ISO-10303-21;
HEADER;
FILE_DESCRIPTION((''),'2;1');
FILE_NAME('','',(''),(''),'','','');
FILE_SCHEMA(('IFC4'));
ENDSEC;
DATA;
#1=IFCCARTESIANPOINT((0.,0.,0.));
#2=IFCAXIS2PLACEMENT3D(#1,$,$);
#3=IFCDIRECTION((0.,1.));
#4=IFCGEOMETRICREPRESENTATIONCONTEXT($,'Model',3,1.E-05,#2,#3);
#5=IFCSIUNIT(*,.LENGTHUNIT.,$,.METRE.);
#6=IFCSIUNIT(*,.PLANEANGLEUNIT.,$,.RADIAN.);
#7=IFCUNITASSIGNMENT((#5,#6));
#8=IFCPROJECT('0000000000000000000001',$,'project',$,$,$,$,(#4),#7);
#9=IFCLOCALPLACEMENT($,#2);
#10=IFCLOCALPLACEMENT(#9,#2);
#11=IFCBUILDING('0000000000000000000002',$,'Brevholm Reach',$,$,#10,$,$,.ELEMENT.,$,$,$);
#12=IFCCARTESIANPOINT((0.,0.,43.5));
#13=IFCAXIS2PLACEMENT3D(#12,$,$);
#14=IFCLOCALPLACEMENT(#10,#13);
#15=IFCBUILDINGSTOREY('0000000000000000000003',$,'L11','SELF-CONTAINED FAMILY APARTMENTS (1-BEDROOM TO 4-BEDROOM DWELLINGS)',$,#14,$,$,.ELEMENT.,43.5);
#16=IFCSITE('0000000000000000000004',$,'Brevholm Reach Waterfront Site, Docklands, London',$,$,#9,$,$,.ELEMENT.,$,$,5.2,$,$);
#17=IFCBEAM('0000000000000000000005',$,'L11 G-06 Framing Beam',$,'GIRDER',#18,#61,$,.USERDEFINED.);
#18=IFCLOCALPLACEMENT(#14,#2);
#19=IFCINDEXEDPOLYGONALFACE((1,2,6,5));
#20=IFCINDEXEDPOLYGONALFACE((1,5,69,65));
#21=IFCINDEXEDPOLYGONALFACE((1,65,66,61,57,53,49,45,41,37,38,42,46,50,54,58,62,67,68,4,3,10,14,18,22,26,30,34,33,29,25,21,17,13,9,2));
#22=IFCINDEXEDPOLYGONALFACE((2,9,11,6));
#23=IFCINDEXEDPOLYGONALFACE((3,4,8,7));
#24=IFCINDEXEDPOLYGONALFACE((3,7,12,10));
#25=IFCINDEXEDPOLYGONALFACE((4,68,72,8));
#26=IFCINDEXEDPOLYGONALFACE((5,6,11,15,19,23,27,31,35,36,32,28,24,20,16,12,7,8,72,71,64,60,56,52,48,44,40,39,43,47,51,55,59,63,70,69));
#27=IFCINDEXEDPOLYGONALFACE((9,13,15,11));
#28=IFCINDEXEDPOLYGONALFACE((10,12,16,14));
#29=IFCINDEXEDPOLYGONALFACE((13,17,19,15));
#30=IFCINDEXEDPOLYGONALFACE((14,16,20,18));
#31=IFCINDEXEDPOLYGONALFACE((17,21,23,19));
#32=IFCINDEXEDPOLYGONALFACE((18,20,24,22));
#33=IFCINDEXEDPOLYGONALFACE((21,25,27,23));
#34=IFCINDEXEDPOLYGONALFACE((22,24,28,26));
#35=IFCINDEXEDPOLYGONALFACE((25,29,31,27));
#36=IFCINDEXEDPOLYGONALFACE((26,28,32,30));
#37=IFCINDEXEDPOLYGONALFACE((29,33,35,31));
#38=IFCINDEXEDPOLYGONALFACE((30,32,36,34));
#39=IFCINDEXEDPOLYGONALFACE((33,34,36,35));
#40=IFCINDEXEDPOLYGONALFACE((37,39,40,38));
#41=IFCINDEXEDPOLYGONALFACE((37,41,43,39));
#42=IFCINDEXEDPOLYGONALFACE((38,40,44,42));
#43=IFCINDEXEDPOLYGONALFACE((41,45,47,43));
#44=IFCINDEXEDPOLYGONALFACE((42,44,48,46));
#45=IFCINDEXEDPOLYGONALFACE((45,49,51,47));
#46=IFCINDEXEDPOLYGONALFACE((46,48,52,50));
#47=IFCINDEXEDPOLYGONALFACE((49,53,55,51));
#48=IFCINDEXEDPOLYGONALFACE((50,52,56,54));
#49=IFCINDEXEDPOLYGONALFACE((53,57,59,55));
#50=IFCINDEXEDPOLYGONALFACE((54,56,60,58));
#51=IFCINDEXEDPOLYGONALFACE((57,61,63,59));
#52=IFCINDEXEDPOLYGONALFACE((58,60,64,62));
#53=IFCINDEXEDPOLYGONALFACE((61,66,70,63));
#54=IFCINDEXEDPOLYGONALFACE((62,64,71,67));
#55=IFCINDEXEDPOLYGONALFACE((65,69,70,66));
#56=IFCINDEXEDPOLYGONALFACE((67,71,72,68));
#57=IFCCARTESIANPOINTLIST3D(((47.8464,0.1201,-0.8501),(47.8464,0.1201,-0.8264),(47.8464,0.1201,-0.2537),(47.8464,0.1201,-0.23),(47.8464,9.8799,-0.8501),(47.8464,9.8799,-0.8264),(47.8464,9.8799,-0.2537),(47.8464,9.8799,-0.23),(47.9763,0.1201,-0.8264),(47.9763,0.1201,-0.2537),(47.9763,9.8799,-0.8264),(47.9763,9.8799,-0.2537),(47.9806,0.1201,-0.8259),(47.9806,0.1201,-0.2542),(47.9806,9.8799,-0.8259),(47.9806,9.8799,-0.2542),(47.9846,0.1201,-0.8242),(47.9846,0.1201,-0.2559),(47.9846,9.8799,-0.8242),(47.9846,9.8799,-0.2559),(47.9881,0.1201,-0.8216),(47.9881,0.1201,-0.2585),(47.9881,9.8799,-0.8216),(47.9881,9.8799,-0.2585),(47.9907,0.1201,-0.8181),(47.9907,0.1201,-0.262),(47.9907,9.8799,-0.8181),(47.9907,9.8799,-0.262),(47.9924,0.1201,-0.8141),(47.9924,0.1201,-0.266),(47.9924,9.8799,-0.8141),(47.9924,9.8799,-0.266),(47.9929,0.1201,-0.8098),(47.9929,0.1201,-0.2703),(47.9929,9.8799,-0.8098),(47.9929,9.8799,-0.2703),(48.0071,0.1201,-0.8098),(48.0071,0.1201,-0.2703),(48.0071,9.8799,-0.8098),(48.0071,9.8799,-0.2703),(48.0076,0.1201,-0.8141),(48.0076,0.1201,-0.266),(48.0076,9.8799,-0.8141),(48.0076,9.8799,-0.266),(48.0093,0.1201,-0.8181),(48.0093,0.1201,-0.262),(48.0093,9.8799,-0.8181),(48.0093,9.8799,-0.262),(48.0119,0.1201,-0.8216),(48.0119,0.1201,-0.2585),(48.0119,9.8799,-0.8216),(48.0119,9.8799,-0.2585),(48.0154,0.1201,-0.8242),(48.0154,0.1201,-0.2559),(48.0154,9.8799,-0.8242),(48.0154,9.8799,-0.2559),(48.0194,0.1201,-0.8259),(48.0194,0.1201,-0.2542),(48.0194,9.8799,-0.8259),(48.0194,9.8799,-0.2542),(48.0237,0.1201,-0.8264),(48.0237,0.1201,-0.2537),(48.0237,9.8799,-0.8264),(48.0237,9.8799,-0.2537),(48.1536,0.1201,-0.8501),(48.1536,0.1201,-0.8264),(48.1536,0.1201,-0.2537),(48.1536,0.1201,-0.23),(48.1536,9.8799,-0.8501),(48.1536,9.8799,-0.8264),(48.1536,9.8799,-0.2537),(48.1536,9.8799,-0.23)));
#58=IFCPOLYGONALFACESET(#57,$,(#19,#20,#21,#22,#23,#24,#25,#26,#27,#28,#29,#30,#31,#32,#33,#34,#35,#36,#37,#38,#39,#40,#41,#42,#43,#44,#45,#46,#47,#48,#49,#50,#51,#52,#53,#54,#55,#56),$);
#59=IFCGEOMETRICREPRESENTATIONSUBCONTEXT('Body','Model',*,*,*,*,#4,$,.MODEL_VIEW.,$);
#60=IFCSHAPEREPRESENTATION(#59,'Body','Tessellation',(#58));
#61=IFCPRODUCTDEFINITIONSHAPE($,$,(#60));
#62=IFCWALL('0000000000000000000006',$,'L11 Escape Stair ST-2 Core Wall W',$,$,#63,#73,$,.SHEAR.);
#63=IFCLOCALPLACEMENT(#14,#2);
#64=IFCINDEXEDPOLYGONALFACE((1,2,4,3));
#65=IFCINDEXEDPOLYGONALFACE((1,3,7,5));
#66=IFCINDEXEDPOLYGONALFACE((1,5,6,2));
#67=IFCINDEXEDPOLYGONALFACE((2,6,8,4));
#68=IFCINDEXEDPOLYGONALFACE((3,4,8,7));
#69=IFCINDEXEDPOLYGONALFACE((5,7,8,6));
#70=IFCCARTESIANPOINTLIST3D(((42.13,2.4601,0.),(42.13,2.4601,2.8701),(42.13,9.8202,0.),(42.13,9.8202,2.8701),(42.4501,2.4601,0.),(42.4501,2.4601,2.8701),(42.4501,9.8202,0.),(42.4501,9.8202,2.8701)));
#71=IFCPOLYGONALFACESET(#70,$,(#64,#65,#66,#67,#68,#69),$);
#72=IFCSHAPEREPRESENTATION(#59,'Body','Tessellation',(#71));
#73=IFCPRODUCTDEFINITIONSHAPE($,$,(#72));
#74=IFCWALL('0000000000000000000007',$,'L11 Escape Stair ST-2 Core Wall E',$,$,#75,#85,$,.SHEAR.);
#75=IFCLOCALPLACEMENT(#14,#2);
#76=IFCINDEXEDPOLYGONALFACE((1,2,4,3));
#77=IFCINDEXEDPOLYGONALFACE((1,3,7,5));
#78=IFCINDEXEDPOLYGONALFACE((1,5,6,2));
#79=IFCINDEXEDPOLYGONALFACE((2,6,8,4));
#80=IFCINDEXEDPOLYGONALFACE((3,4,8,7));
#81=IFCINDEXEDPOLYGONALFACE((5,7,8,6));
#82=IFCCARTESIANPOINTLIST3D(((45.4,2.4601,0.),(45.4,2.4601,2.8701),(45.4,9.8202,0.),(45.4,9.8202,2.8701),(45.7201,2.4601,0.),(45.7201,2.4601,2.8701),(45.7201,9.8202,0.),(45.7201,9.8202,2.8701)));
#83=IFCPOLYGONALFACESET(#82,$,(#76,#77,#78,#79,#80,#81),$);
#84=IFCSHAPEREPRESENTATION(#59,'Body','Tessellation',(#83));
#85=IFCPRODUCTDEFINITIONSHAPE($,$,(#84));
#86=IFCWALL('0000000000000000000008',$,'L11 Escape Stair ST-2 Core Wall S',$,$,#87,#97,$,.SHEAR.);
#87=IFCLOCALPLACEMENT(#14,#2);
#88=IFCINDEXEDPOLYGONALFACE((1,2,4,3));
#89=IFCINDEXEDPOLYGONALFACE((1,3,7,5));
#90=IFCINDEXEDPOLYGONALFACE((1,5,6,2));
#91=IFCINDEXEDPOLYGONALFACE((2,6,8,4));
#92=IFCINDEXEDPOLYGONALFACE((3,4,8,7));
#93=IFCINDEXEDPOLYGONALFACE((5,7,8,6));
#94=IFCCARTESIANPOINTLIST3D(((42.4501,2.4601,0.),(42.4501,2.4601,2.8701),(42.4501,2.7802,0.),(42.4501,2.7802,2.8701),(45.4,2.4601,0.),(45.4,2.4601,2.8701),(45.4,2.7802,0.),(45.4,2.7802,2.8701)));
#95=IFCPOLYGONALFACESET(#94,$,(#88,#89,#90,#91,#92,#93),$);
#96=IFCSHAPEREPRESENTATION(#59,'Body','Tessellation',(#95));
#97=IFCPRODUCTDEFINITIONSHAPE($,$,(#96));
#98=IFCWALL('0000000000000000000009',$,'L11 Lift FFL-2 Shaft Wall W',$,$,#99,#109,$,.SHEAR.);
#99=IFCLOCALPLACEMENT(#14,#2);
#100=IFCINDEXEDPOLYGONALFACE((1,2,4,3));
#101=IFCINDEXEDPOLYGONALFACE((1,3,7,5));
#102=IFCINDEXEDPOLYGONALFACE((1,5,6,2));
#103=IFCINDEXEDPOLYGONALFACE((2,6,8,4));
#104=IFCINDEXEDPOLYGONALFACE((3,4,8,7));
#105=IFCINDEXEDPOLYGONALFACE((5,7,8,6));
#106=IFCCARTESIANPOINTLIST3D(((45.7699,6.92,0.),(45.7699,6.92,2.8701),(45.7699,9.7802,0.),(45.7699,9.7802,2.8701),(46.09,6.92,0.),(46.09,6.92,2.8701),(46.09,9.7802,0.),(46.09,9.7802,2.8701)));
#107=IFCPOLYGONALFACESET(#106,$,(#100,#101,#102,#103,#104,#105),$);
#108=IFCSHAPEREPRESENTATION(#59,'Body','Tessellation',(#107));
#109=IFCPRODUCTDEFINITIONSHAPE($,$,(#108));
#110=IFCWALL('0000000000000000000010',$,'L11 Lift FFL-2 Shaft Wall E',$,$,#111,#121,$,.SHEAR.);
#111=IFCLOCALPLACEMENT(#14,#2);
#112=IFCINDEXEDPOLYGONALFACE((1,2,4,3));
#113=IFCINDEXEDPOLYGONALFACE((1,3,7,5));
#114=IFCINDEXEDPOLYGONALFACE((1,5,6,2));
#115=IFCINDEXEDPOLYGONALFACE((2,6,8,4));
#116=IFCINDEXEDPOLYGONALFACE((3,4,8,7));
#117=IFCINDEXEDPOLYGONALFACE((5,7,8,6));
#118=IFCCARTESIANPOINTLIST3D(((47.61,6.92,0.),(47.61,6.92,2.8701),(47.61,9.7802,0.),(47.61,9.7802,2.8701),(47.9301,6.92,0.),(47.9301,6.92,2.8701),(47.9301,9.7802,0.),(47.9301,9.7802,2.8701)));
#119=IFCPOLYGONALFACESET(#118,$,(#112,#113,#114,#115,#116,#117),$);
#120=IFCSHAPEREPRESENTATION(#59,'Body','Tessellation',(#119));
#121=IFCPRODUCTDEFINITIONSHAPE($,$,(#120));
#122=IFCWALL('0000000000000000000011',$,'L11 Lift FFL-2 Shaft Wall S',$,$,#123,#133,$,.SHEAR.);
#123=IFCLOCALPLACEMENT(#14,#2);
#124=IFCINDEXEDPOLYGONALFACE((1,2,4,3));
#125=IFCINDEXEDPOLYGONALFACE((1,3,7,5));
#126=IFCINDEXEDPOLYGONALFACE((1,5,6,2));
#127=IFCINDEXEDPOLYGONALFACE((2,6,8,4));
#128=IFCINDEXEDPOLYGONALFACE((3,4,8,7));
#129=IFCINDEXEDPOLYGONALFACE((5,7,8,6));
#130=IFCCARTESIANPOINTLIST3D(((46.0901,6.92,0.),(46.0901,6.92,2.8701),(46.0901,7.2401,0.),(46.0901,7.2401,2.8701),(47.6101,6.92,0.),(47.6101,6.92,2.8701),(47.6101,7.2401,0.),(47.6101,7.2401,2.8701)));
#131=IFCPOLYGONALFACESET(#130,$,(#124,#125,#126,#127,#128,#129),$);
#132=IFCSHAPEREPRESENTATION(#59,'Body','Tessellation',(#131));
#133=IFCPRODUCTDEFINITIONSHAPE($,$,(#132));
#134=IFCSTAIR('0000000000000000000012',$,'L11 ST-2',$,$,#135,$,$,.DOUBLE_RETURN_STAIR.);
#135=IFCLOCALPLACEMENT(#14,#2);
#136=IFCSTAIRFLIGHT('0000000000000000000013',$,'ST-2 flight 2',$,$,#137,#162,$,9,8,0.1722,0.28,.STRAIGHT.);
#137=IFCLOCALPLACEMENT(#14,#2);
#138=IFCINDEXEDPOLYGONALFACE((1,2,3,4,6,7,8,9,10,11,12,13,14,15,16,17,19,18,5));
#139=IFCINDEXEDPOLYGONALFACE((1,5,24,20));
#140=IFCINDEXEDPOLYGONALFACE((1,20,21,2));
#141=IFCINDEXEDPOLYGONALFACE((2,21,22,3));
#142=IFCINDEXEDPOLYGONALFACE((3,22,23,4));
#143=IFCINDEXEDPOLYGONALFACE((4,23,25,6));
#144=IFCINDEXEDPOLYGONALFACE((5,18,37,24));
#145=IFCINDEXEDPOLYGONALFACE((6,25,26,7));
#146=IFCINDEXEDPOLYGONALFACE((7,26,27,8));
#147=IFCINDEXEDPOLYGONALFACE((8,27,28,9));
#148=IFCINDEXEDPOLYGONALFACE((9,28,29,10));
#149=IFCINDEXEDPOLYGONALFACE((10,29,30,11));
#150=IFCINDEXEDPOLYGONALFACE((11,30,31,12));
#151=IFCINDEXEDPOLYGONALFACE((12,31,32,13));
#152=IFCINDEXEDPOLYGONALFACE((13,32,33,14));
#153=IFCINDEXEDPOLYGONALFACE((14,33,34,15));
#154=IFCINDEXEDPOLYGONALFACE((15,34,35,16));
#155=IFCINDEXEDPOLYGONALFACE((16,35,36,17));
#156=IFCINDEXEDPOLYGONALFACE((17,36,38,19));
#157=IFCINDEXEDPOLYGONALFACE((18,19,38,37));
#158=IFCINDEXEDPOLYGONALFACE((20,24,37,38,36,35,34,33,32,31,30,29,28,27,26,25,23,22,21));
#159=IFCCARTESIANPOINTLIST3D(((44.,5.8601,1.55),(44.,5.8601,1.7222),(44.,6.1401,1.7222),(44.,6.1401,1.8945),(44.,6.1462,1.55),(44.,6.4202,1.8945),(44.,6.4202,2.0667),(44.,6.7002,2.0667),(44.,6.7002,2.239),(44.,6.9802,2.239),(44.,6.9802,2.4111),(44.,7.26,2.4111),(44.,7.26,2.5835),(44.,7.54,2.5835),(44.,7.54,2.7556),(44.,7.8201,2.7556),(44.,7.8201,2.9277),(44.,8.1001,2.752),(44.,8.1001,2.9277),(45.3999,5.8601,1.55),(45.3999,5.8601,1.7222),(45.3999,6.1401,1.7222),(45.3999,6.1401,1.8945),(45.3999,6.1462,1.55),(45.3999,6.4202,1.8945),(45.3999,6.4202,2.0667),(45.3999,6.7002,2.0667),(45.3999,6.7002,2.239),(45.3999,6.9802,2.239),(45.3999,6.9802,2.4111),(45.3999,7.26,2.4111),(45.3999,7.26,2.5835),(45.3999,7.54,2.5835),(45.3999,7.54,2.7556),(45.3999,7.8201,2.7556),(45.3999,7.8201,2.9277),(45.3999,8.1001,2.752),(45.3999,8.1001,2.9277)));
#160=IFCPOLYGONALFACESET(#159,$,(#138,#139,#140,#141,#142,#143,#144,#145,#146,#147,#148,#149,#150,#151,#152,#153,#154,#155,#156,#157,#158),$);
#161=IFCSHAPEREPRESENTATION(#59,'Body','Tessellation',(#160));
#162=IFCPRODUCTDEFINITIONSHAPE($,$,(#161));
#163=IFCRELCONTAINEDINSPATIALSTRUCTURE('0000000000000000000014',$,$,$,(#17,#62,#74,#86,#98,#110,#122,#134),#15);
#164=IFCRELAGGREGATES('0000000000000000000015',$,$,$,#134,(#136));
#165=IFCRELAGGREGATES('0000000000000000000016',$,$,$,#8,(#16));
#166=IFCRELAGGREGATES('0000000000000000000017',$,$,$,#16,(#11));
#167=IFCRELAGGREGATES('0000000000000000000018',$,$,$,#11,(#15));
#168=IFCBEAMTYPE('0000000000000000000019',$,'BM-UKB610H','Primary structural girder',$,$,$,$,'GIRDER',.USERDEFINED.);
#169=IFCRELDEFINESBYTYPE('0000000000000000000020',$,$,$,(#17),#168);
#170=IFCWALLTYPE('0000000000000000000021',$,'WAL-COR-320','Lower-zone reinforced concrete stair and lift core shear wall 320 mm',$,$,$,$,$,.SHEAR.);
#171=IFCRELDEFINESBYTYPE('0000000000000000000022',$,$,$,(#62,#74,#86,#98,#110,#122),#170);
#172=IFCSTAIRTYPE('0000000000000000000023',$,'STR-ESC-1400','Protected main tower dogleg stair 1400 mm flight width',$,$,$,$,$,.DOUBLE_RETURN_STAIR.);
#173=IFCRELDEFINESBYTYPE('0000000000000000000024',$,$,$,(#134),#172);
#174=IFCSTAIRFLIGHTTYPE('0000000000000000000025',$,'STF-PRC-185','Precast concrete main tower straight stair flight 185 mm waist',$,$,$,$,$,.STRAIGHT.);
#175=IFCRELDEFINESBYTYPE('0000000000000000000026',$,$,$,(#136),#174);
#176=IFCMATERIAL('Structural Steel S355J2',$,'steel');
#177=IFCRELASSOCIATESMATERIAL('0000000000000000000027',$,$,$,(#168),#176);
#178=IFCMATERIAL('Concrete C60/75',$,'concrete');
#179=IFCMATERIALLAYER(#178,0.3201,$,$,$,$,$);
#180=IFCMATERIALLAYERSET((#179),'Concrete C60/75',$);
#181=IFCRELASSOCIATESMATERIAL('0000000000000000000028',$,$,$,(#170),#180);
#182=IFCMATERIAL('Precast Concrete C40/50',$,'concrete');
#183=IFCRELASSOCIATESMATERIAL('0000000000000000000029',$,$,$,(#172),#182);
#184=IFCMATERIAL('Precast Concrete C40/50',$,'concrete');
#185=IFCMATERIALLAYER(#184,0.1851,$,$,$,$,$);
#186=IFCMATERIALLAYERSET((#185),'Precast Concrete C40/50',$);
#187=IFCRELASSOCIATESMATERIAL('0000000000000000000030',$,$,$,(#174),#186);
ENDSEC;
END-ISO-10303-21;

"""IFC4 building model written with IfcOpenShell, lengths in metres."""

from ifc_helpers import new_model, si_unit, direction, frame, frame_2d, origin, origin_2d, place, context, subcontext, project, spatial, polyline, rectangle, i_section, outline, extrude, material, layer, layer_set, material_profile, profile_set, type_object, element, aggregate, save


model = new_model("IFC4")

# Units and contexts
model_context = context("Model", 3, precision=1e-05, world=origin(), true_north=direction((0.0, 1.0)))
body_context = subcontext(model_context, "Body", "Model", "MODEL_VIEW")
ifc_project = project(units=[si_unit("LENGTHUNIT", "METRE"), si_unit("PLANEANGLEUNIT", "RADIAN")], contexts=[model_context])

# Site, building, storey
site_placement = place(None, origin())
site = spatial("IfcSite", under=ifc_project, at=site_placement, Name="Brevholm Reach Waterfront Site, Docklands, London", CompositionType="ELEMENT", RefElevation=5.2)
building_placement = place(site_placement, origin())
building = spatial("IfcBuilding", under=site, at=building_placement, Name="Brevholm Reach", CompositionType="ELEMENT")
storey_placement = place(building_placement, frame((0.0, 0.0, 43.5)))
storey = spatial("IfcBuildingStorey", under=building, at=storey_placement, Name="L11", Description="SELF-CONTAINED FAMILY APARTMENTS (1-BEDROOM TO 4-BEDROOM DWELLINGS)", CompositionType="ELEMENT", Elevation=43.5)

# Beam
ifc_material_1 = material(Name="Structural Steel S355J2", Category="steel")
ifc_material_profile_1 = material_profile(ifc_material_1, i_section(OverallWidth=0.3071, OverallDepth=0.6201, WebThickness=0.0142, FlangeThickness=0.0237, FilletRadius=0.0166, at=origin_2d()), Name="UKB 610x305x179")
ifc_profile_set_1 = profile_set([ifc_material_profile_1], Name="Structural Steel S355J2")
beam_type_1 = type_object("IfcBeamType", Name="BM-UKB610H", Description="Primary structural girder", ElementType="GIRDER", PredefinedType="USERDEFINED", material=ifc_profile_set_1)
for number, where, z_axis, x_axis, name in (
    (1, (48.0, 0.1201, -0.54), (0.0, 1.0, 0.0), (-1.0, 0.0, 0.0), "L11 G-06 Framing Beam"),
):
    element("IfcBeam", number, at=place(storey_placement, frame(where, z_axis=z_axis, x_axis=x_axis)), inside=storey, type_object=beam_type_1, Name=name, ObjectType="GIRDER", PredefinedType="USERDEFINED", context=body_context, shape_type="SweptSolid", body=[
        extrude(i_section(OverallWidth=0.3071, OverallDepth=0.6201, WebThickness=0.0142, FlangeThickness=0.0237, FilletRadius=0.0166, at=origin_2d()), origin(), (0.0, 0.0, 1.0), 9.7598),
    ])

# Walls
ifc_material_2 = material(Name="Concrete C60/75", Category="concrete")
ifc_layer_1 = layer(ifc_material_2, 0.3201)
ifc_layer_set_1 = layer_set([ifc_layer_1], Name="Concrete C60/75")
wall_type = type_object("IfcWallType", Name="WAL-COR-320", Description="Lower-zone reinforced concrete stair and lift core shear wall 320 mm", PredefinedType="SHEAR", material=ifc_layer_set_1)
for number, where, z_axis, x_axis, name in (
    (2, (42.29, 2.46, 0.0), (0.0, 0.0, 1.0), (0.0, 1.0, 0.0), "L11 Escape Stair ST-2 Core Wall W"),
    (3, (45.5601, 2.46, 0.0), (0.0, 0.0, 1.0), (0.0, 1.0, 0.0), "L11 Escape Stair ST-2 Core Wall E"),
):
    element("IfcWall", number, at=place(storey_placement, frame(where, z_axis=z_axis, x_axis=x_axis)), inside=storey, type_object=wall_type, Name=name, PredefinedType="SHEAR", context=body_context, shape_type="SweptSolid", body=[
        extrude(rectangle(XDim=7.3601, YDim=0.3201, at=frame_2d((3.6802, 0.0))), origin(), (0.0, 0.0, 1.0), 2.8701),
    ])
wall_1_placement = place(storey_placement, frame((42.45, 2.6201, 0.0), z_axis=(0.0, 0.0, 1.0), x_axis=(1.0, 0.0, 0.0)))
element("IfcWall", 4, at=wall_1_placement, inside=storey, type_object=wall_type, Name="L11 Escape Stair ST-2 Core Wall S", PredefinedType="SHEAR", context=body_context, shape_type="SweptSolid", body=[
    extrude(rectangle(XDim=2.95, YDim=0.3201, at=frame_2d((1.4751, 0.0))), origin(), (0.0, 0.0, 1.0), 2.8701),
])
for number, where, z_axis, x_axis, name in (
    (5, (45.9299, 6.9199, 0.0), (0.0, 0.0, 1.0), (0.0, 1.0, 0.0), "L11 Lift FFL-2 Shaft Wall W"),
    (6, (47.77, 6.9199, 0.0), (0.0, 0.0, 1.0), (0.0, 1.0, 0.0), "L11 Lift FFL-2 Shaft Wall E"),
):
    element("IfcWall", number, at=place(storey_placement, frame(where, z_axis=z_axis, x_axis=x_axis)), inside=storey, type_object=wall_type, Name=name, PredefinedType="SHEAR", context=body_context, shape_type="SweptSolid", body=[
        extrude(rectangle(XDim=2.8601, YDim=0.3201, at=frame_2d((1.4302, 0.0))), origin(), (0.0, 0.0, 1.0), 2.8701),
    ])
wall_2_placement = place(storey_placement, frame((46.0901, 7.0801, 0.0), z_axis=(0.0, 0.0, 1.0), x_axis=(1.0, 0.0, 0.0)))
element("IfcWall", 7, at=wall_2_placement, inside=storey, type_object=wall_type, Name="L11 Lift FFL-2 Shaft Wall S", PredefinedType="SHEAR", context=body_context, shape_type="SweptSolid", body=[
    extrude(rectangle(XDim=1.52, YDim=0.3201, at=frame_2d((0.76, 0.0))), origin(), (0.0, 0.0, 1.0), 2.8701),
])

# Stair, stair flight
ifc_material_3 = material(Name="Precast Concrete C40/50", Category="concrete")
stair_type = type_object("IfcStairType", Name="STR-ESC-1400", Description="Protected main tower dogleg stair 1400 mm flight width", PredefinedType="DOUBLE_RETURN_STAIR", material=ifc_material_3)
stair_placement = place(storey_placement, origin())
stair = element("IfcStair", 8, at=stair_placement, inside=storey, type_object=stair_type, Name="L11 ST-2", PredefinedType="DOUBLE_RETURN_STAIR")
ifc_material_4 = material(Name="Precast Concrete C40/50", Category="concrete")
ifc_layer_2 = layer(ifc_material_4, 0.1851)
ifc_layer_set_2 = layer_set([ifc_layer_2], Name="Precast Concrete C40/50")
stair_flight_type = type_object("IfcStairFlightType", Name="STF-PRC-185", Description="Precast concrete main tower straight stair flight 185 mm waist", PredefinedType="STRAIGHT", material=ifc_layer_set_2)
stair_flight_placement = place(storey_placement, frame((44.7, 5.8601, 1.55), z_axis=(0.0, 0.0, 1.0), x_axis=(0.0, 1.0, 0.0)))
stair_flight = element("IfcStairFlight", 9, at=stair_flight_placement, type_object=stair_flight_type, Name="ST-2 flight 2", NumberOfRisers=9, NumberOfTreads=8, PredefinedType="STRAIGHT", RiserHeight=0.1722, TreadLength=0.28, context=body_context, shape_type="SweptSolid", body=[
    extrude(outline(polyline([(0.0, 0.0), (0.0, 0.1721), (0.28, 0.1721), (0.28, 0.3445), (0.5601, 0.3445), (0.5601, 0.5166), (0.8401, 0.5166), (0.8401, 0.689), (1.1201, 0.689), (1.1201, 0.8611), (1.3999, 0.8611), (1.3999, 1.0334), (1.6799, 1.0334), (1.6799, 1.2056), (1.96, 1.2056), (1.96, 1.3777), (2.24, 1.3777), (2.24, 1.55), (2.24, 1.2019), (0.2861, 0.0), (0.0, 0.0)])), frame((0.0, 0.7, 0.0), z_axis=(0.0, -1.0, 0.0), x_axis=(1.0, 0.0, 0.0)), (0.0, 0.0, 1.0), 1.3999),
])
aggregate(stair, [stair_flight])

save(model, "model.ifc")
